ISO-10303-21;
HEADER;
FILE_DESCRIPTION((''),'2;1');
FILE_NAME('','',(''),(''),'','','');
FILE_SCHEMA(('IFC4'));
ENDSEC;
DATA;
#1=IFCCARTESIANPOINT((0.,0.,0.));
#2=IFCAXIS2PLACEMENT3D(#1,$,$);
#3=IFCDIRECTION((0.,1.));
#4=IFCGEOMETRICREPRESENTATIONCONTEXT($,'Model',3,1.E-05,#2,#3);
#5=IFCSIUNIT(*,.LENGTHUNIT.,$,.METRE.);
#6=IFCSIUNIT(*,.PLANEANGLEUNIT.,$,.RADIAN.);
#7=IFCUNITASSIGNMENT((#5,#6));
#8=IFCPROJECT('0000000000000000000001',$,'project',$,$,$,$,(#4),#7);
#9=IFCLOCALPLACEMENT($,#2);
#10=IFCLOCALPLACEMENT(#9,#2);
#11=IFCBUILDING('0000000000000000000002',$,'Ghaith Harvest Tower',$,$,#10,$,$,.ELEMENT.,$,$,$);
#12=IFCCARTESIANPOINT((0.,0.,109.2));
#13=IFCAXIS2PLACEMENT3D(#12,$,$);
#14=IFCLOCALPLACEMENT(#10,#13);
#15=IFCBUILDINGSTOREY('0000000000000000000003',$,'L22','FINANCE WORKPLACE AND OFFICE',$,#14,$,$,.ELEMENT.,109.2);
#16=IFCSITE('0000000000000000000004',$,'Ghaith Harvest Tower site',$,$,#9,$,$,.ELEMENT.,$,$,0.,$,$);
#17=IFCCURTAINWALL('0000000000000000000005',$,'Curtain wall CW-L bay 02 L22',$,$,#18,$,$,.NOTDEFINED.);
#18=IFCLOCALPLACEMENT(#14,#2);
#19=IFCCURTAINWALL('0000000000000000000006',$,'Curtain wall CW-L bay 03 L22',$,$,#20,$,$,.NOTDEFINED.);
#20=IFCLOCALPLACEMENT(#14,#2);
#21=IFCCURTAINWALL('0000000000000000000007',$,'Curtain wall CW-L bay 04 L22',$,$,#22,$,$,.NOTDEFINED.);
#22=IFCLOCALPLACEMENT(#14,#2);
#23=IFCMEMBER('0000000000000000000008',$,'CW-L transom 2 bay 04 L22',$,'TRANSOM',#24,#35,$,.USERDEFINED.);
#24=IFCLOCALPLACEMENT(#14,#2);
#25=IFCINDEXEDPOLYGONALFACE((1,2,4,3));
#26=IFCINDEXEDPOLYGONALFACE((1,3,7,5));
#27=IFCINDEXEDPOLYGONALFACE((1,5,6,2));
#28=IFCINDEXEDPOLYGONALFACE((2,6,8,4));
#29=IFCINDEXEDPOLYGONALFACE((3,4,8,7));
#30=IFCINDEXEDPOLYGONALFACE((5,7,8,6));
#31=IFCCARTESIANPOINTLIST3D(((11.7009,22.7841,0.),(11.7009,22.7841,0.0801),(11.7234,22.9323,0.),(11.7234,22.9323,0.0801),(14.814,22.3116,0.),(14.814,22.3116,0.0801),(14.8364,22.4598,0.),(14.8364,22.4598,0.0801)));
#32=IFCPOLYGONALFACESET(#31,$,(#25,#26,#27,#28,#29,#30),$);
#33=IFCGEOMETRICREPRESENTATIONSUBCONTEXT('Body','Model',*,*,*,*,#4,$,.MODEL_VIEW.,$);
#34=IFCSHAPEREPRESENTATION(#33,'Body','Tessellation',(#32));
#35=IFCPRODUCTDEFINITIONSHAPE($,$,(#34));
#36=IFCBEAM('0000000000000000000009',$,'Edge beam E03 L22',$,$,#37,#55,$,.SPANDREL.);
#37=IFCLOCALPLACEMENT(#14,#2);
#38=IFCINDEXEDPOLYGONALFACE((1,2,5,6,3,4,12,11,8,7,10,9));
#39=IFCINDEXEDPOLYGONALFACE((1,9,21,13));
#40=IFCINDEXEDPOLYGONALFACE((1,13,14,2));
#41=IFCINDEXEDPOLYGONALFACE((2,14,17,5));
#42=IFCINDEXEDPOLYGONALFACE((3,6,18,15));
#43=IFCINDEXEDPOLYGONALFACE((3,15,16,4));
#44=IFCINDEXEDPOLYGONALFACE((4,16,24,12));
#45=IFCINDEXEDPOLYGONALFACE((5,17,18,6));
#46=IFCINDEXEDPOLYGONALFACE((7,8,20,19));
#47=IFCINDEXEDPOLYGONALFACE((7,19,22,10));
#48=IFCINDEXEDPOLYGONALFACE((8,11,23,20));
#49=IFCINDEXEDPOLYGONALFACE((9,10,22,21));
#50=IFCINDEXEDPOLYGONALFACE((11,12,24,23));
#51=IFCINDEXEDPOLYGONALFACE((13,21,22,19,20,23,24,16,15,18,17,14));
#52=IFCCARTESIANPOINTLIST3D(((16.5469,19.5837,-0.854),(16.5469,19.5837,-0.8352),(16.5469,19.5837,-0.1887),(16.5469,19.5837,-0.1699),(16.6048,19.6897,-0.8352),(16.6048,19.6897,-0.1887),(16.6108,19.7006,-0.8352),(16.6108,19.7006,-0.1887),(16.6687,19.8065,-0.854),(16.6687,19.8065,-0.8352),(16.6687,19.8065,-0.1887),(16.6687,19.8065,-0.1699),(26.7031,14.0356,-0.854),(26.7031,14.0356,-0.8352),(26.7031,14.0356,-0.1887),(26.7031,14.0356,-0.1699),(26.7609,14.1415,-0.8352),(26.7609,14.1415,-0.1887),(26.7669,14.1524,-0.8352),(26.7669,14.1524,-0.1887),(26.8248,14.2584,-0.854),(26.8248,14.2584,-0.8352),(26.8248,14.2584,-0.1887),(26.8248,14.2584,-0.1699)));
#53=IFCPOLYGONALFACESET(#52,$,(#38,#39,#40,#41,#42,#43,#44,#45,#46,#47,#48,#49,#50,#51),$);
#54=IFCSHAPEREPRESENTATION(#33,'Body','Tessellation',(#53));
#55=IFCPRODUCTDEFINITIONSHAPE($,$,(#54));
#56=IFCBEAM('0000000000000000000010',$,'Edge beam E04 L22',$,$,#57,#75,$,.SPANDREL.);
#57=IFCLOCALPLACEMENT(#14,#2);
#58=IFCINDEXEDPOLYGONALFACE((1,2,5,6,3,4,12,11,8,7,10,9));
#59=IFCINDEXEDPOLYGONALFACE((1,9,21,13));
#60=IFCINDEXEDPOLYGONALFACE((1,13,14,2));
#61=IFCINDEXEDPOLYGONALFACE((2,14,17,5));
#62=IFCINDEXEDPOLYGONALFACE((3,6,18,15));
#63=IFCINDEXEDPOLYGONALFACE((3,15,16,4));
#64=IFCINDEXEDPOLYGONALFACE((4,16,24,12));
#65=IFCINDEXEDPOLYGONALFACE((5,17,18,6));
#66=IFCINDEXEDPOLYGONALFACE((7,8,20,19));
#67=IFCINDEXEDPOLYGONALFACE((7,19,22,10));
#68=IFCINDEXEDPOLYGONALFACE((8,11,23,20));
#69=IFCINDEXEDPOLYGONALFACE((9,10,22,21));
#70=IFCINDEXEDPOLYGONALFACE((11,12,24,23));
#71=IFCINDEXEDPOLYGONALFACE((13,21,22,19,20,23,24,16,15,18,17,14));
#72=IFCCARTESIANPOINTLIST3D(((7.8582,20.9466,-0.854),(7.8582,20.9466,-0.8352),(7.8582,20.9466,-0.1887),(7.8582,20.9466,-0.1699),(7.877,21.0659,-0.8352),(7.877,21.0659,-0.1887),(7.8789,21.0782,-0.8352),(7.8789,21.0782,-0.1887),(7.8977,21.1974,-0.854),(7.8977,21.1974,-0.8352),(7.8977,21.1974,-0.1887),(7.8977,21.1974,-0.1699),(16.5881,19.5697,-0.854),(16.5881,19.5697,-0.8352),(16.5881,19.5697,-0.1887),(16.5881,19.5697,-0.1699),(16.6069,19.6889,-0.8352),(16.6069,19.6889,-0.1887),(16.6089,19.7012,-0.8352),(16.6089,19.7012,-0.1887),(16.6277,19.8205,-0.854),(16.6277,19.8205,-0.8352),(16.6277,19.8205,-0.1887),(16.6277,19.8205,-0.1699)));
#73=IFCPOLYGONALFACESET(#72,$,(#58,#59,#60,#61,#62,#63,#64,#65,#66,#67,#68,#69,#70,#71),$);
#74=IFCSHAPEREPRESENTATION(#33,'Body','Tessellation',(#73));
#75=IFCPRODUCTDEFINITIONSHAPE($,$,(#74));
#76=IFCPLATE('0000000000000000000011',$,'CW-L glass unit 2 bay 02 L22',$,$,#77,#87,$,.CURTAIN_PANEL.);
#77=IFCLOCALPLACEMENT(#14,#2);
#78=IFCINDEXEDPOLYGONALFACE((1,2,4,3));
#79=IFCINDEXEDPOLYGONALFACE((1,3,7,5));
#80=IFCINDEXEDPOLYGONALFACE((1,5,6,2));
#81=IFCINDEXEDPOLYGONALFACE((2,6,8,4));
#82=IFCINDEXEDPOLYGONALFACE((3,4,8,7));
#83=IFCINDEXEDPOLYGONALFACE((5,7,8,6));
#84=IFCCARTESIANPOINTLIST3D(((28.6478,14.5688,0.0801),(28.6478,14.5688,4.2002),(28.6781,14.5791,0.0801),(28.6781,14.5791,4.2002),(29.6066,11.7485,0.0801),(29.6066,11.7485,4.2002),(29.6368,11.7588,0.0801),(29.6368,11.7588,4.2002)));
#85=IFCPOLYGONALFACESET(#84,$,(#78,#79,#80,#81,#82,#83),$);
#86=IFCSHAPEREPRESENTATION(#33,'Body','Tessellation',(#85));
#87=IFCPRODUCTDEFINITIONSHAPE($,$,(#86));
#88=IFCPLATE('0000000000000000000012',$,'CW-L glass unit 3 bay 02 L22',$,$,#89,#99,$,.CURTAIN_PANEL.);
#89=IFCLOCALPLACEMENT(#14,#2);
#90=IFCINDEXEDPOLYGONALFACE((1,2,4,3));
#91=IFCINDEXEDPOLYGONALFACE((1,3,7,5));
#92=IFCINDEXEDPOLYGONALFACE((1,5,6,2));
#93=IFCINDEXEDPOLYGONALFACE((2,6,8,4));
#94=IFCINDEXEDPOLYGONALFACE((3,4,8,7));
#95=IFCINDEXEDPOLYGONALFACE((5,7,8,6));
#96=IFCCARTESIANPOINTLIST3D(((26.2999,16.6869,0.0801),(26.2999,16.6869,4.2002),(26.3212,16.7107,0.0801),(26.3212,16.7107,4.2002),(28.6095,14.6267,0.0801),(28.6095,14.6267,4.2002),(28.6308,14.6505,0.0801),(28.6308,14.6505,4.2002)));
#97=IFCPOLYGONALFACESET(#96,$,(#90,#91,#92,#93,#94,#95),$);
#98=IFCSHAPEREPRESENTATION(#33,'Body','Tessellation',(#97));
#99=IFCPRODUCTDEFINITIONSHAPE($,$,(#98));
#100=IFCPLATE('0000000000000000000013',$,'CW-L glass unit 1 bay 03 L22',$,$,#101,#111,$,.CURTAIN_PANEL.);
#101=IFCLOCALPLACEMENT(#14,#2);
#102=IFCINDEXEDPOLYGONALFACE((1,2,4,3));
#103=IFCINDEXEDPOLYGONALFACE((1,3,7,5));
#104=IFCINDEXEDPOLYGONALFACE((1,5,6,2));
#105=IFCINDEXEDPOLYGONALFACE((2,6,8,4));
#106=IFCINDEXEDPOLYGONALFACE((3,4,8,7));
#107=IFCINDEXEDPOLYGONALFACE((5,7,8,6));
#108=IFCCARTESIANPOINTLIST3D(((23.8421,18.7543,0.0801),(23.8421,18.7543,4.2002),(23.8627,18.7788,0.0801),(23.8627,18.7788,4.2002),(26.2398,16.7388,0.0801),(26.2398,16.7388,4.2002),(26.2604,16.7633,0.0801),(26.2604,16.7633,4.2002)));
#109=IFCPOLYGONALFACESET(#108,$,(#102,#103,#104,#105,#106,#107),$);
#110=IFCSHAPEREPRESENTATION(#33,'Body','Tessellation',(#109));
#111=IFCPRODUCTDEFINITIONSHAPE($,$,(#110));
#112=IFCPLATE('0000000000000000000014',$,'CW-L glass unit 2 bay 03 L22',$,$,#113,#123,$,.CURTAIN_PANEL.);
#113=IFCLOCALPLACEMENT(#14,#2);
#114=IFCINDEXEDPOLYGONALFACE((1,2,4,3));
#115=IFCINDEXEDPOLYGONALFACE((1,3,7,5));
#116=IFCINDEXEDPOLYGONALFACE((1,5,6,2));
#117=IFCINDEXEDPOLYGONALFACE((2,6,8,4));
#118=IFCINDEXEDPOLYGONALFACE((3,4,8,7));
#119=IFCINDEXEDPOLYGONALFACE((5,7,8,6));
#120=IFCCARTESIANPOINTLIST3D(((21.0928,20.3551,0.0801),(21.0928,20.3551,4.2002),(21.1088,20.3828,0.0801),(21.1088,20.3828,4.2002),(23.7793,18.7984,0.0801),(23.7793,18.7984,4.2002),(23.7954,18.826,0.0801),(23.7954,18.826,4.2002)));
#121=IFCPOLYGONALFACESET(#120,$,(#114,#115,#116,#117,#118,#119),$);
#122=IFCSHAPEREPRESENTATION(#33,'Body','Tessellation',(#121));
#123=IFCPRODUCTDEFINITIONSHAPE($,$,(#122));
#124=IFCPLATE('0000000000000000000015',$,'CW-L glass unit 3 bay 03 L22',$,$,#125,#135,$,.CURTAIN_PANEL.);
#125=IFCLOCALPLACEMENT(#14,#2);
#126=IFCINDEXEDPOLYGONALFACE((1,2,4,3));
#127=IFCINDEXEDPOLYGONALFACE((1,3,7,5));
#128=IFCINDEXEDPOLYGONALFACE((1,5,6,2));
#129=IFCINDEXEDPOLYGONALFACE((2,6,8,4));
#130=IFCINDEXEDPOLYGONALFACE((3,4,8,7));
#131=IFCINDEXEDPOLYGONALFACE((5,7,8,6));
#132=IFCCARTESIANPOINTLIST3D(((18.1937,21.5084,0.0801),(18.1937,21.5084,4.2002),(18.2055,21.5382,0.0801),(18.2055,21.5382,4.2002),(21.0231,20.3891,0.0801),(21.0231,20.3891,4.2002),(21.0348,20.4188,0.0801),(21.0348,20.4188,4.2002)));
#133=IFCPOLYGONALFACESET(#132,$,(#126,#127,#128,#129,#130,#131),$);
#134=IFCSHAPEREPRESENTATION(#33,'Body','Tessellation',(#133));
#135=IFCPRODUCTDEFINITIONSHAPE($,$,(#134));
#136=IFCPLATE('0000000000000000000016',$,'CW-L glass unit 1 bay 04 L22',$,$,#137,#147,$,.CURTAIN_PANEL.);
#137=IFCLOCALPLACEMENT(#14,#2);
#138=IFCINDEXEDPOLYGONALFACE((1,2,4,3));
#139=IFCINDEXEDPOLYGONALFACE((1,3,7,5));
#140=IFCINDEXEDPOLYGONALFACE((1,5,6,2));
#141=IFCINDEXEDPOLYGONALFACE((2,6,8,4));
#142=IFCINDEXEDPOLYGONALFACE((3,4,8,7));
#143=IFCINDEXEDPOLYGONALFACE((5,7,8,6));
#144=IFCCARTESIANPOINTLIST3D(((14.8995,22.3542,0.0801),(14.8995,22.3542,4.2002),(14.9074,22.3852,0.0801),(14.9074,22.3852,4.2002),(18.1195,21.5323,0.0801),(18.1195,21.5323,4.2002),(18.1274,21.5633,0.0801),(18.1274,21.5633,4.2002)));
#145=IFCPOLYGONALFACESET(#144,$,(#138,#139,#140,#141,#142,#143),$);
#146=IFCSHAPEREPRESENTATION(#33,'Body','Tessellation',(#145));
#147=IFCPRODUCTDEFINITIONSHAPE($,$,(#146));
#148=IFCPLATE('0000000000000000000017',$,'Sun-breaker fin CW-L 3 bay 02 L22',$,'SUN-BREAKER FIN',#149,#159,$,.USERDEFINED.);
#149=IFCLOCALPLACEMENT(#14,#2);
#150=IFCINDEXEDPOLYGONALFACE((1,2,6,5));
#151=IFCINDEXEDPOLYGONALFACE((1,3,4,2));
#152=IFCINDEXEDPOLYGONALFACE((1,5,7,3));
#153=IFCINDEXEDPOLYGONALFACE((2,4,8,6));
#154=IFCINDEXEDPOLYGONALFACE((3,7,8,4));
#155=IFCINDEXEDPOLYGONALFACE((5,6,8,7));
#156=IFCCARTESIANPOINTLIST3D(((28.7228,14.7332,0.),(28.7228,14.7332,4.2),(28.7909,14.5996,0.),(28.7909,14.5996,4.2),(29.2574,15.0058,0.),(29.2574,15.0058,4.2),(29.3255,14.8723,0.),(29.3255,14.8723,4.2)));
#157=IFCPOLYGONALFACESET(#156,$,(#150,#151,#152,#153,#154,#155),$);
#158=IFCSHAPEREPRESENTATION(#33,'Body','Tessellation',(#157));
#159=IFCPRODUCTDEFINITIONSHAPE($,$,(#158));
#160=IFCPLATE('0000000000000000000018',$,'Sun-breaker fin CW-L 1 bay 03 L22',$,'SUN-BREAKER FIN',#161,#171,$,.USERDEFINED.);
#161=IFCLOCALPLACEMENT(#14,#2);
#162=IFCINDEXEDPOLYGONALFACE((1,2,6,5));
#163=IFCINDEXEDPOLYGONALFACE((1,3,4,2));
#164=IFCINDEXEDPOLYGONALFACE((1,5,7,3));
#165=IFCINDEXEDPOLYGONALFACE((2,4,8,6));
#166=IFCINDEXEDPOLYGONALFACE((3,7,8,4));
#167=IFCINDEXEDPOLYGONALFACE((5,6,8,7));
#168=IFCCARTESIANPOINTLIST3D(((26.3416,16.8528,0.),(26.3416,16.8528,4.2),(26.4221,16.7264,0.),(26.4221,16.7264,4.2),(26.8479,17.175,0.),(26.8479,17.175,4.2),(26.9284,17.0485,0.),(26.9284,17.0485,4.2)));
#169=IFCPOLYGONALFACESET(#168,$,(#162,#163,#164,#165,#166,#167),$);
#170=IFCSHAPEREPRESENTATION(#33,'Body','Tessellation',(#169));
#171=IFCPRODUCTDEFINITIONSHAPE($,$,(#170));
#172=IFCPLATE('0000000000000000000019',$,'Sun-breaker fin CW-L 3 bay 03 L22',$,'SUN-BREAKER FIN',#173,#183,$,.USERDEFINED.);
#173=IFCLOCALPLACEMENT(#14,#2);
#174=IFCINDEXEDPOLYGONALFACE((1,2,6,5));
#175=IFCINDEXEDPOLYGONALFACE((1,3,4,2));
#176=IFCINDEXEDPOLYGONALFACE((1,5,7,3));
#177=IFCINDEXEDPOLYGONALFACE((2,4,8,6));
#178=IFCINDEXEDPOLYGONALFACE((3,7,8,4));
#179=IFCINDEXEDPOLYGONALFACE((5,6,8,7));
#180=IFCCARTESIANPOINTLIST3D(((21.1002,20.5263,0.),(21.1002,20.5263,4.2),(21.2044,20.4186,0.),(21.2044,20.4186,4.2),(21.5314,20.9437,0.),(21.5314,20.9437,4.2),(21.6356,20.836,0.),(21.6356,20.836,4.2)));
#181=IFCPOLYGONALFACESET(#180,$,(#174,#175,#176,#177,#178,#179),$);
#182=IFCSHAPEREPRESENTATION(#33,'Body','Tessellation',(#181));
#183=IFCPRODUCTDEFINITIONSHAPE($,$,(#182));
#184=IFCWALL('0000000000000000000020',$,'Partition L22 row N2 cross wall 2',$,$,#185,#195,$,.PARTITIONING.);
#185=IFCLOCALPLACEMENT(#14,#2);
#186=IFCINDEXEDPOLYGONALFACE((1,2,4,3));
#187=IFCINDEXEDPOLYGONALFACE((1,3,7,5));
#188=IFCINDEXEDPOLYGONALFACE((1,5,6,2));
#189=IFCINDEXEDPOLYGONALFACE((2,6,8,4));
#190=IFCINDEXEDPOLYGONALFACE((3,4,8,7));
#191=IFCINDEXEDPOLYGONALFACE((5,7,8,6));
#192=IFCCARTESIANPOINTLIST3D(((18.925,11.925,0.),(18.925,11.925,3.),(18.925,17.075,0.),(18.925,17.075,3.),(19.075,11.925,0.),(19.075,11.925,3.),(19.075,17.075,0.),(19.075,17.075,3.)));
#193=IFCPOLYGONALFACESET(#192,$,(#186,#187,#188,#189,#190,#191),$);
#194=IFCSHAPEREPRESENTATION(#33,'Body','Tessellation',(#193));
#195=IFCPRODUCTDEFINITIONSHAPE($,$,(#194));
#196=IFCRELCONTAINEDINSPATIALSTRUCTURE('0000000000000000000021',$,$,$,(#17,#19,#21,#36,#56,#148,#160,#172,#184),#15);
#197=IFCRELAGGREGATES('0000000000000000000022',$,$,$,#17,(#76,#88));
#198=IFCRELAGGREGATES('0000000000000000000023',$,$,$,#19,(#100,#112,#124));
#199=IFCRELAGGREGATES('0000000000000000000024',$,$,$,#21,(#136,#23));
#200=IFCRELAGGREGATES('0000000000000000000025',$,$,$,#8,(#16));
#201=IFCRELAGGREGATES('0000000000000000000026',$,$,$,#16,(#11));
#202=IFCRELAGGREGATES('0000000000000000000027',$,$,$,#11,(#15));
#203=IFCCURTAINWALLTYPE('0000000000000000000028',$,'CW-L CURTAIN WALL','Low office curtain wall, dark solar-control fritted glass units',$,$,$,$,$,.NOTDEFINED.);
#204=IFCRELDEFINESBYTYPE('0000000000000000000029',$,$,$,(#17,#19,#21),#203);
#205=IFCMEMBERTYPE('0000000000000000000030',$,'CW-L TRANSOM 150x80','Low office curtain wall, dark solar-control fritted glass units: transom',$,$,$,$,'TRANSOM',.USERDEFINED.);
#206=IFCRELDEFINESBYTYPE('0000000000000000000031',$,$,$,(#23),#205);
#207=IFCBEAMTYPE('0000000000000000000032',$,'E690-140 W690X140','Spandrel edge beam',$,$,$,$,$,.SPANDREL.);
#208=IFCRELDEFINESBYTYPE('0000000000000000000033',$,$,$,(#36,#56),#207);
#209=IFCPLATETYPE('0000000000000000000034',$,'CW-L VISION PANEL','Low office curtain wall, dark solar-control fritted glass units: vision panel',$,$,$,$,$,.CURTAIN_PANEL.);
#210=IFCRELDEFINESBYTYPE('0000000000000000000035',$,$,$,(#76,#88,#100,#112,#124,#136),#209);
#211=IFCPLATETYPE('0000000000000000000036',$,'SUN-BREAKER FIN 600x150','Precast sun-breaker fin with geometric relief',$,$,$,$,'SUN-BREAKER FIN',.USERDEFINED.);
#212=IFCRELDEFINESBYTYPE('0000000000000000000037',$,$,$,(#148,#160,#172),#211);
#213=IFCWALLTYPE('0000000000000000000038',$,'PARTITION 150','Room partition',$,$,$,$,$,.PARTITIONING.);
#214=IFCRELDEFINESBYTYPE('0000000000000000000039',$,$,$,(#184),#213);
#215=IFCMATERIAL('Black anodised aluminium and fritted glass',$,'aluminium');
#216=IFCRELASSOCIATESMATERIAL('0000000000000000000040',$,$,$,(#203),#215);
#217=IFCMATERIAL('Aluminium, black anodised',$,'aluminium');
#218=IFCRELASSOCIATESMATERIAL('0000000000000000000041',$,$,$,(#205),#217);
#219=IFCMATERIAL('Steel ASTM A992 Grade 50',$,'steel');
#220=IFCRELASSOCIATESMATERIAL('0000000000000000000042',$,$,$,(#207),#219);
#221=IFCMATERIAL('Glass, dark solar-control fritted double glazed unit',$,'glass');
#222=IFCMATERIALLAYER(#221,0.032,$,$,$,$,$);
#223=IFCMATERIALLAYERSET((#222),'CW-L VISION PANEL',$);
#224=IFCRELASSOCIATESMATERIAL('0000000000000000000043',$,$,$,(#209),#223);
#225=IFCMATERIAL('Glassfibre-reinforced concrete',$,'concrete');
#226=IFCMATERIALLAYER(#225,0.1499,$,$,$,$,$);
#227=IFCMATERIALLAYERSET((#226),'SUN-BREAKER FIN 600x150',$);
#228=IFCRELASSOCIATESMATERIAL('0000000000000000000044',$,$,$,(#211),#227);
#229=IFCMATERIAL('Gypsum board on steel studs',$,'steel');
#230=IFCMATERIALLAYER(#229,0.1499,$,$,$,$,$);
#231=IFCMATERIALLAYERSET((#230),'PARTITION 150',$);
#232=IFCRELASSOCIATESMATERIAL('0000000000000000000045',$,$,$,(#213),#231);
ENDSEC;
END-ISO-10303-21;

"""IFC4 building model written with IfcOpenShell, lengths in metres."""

from ifc_helpers import new_model, si_unit, direction, frame, frame_2d, origin, origin_2d, place, context, subcontext, project, spatial, rectangle, i_section, extrude, material, layer, layer_set, material_profile, profile_set, type_object, element, aggregate, save


model = new_model("IFC4")

# Units and contexts
model_context = context("Model", 3, precision=1e-05, world=origin(), true_north=direction((0.0, 1.0)))
body_context = subcontext(model_context, "Body", "Model", "MODEL_VIEW")
ifc_project = project(units=[si_unit("LENGTHUNIT", "METRE"), si_unit("PLANEANGLEUNIT", "RADIAN")], contexts=[model_context])

# Site, building, storey
site_placement = place(None, origin())
site = spatial("IfcSite", under=ifc_project, at=site_placement, Name="Ghaith Harvest Tower site", CompositionType="ELEMENT", RefElevation=0.0)
building_placement = place(site_placement, origin())
building = spatial("IfcBuilding", under=site, at=building_placement, Name="Ghaith Harvest Tower", CompositionType="ELEMENT")
storey_placement = place(building_placement, frame((0.0, 0.0, 109.2)))
storey = spatial("IfcBuildingStorey", under=building, at=storey_placement, Name="L22", Description="FINANCE WORKPLACE AND OFFICE", CompositionType="ELEMENT", Elevation=109.2)

# Curtain wall
ifc_material_1 = material(Name="Black anodised aluminium and fritted glass", Category="aluminium")
curtain_wall_type = type_object("IfcCurtainWallType", Name="CW-L CURTAIN WALL", Description="Low office curtain wall, dark solar-control fritted glass units", PredefinedType="NOTDEFINED", material=ifc_material_1)
curtain_wall_1_placement = place(storey_placement, origin())
curtain_wall_1 = element("IfcCurtainWall", 1, at=curtain_wall_1_placement, inside=storey, type_object=curtain_wall_type, Name="Curtain wall CW-L bay 02 L22", PredefinedType="NOTDEFINED")

# Curtain walls
curtain_wall_2_placement = place(storey_placement, origin())
curtain_wall_2 = element("IfcCurtainWall", 2, at=curtain_wall_2_placement, inside=storey, type_object=curtain_wall_type, Name="Curtain wall CW-L bay 03 L22", PredefinedType="NOTDEFINED")
curtain_wall_3_placement = place(storey_placement, origin())
curtain_wall_3 = element("IfcCurtainWall", 3, at=curtain_wall_3_placement, inside=storey, type_object=curtain_wall_type, Name="Curtain wall CW-L bay 04 L22", PredefinedType="NOTDEFINED")

# Member
ifc_material_2 = material(Name="Aluminium, black anodised", Category="aluminium")
ifc_material_profile_1 = material_profile(ifc_material_2, rectangle(XDim=0.1499, YDim=0.0801, at=origin_2d()), Name="CW-L TRANSOM 150x80")
ifc_profile_set_1 = profile_set([ifc_material_profile_1], Name="Aluminium, black anodised")
member_type_1 = type_object("IfcMemberType", Name="CW-L TRANSOM 150x80", Description="Low office curtain wall, dark solar-control fritted glass units: transom", ElementType="TRANSOM", PredefinedType="USERDEFINED", material=ifc_profile_set_1)
member_1_placement = place(storey_placement, frame((14.8252, 22.3857, 0.04), z_axis=(-0.988681, 0.150035, 0.0), x_axis=(-0.150035, -0.988681, 0.0)))
member_1 = element("IfcMember", 4, at=member_1_placement, type_object=member_type_1, Name="CW-L transom 2 bay 04 L22", ObjectType="TRANSOM", PredefinedType="USERDEFINED", context=body_context, shape_type="SweptSolid", body=[
    extrude(rectangle(XDim=0.1499, YDim=0.0801, at=origin_2d()), origin(), (0.0, 0.0, 1.0), 3.1487),
])

# Beams
ifc_material_3 = material(Name="Steel ASTM A992 Grade 50", Category="steel")
ifc_material_profile_2 = material_profile(ifc_material_3, i_section(OverallWidth=0.2539, OverallDepth=0.6841, WebThickness=0.0125, FlangeThickness=0.0188, at=origin_2d()), Name="W690X140")
ifc_profile_set_2 = profile_set([ifc_material_profile_2], Name="Steel ASTM A992 Grade 50")
beam_type = type_object("IfcBeamType", Name="E690-140 W690X140", Description="Spandrel edge beam", PredefinedType="SPANDREL", material=ifc_profile_set_2)
beam_1_placement = place(storey_placement, frame((26.7639, 14.147, -0.512), z_axis=(-0.877588, 0.479415, 0.0), x_axis=(-0.479415, -0.877588, 0.0)))
element("IfcBeam", 5, at=beam_1_placement, inside=storey, type_object=beam_type, Name="Edge beam E03 L22", PredefinedType="SPANDREL", context=body_context, shape_type="SweptSolid", body=[
    extrude(i_section(OverallWidth=0.2539, OverallDepth=0.6841, WebThickness=0.0125, FlangeThickness=0.0188, at=origin_2d()), origin(), (0.0, 0.0, 1.0), 11.5728),
])
beam_2_placement = place(storey_placement, frame((16.6079, 19.6951, -0.512), z_axis=(-0.987788, 0.155801, 0.0), x_axis=(-0.155801, -0.987788, 0.0)))
element("IfcBeam", 6, at=beam_2_placement, inside=storey, type_object=beam_type, Name="Edge beam E04 L22", PredefinedType="SPANDREL", context=body_context, shape_type="SweptSolid", body=[
    extrude(i_section(OverallWidth=0.2539, OverallDepth=0.6841, WebThickness=0.0125, FlangeThickness=0.0188, at=origin_2d()), origin(), (0.0, 0.0, 1.0), 8.8379),
])

# Plates
ifc_material_4 = material(Name="Glass, dark solar-control fritted double glazed unit", Category="glass")
ifc_layer_1 = layer(ifc_material_4, 0.032)
ifc_layer_set_1 = layer_set([ifc_layer_1], Name="CW-L VISION PANEL")
plate_type_1 = type_object("IfcPlateType", Name="CW-L VISION PANEL", Description="Low office curtain wall, dark solar-control fritted glass units: vision panel", PredefinedType="CURTAIN_PANEL", material=ifc_layer_set_1)
plate_1_placement = place(storey_placement, frame((29.1423, 13.1638, 0.0801), z_axis=(0.0, 0.0, 1.0), x_axis=(-0.321853, 0.94679, 0.0)))
plate_1 = element("IfcPlate", 7, at=plate_1_placement, type_object=plate_type_1, Name="CW-L glass unit 2 bay 02 L22", PredefinedType="CURTAIN_PANEL", context=body_context, shape_type="SweptSolid", body=[
    extrude(rectangle(XDim=2.9788, YDim=0.032, at=origin_2d()), origin(), (0.0, 0.0, 1.0), 4.1201),
])
plate_2_placement = place(storey_placement, frame((27.4653, 15.6687, 0.0801), z_axis=(0.0, 0.0, 1.0), x_axis=(-0.746251, 0.665665, 0.0)))
plate_2 = element("IfcPlate", 8, at=plate_2_placement, type_object=plate_type_1, Name="CW-L glass unit 3 bay 02 L22", PredefinedType="CURTAIN_PANEL", context=body_context, shape_type="SweptSolid", body=[
    extrude(rectangle(XDim=3.095, YDim=0.032, at=origin_2d()), origin(), (0.0, 0.0, 1.0), 4.1201),
])
aggregate(curtain_wall_1, [plate_1, plate_2])
plate_3_placement = place(storey_placement, frame((25.0513, 17.7588, 0.0801), z_axis=(0.0, 0.0, 1.0), x_axis=(-0.765473, 0.643468, 0.0)))
plate_3 = element("IfcPlate", 9, at=plate_3_placement, type_object=plate_type_1, Name="CW-L glass unit 1 bay 03 L22", PredefinedType="CURTAIN_PANEL", context=body_context, shape_type="SweptSolid", body=[
    extrude(rectangle(XDim=3.1323, YDim=0.032, at=origin_2d()), origin(), (0.0, 0.0, 1.0), 4.1201),
])
plate_4_placement = place(storey_placement, frame((22.4441, 19.5906, 0.0801), z_axis=(0.0, 0.0, 1.0), x_axis=(-0.865232, 0.501372, 0.0)))
plate_4 = element("IfcPlate", 10, at=plate_4_placement, type_object=plate_type_1, Name="CW-L glass unit 2 bay 03 L22", PredefinedType="CURTAIN_PANEL", context=body_context, shape_type="SweptSolid", body=[
    extrude(rectangle(XDim=3.105, YDim=0.032, at=origin_2d()), origin(), (0.0, 0.0, 1.0), 4.1201),
])
plate_5_placement = place(storey_placement, frame((19.6143, 20.9636, 0.0801), z_axis=(0.0, 0.0, 1.0), x_axis=(-0.929877, 0.367872, 0.0)))
plate_5 = element("IfcPlate", 11, at=plate_5_placement, type_object=plate_type_1, Name="CW-L glass unit 3 bay 03 L22", PredefinedType="CURTAIN_PANEL", context=body_context, shape_type="SweptSolid", body=[
    extrude(rectangle(XDim=3.0427, YDim=0.032, at=origin_2d()), origin(), (0.0, 0.0, 1.0), 4.1201),
])
aggregate(curtain_wall_2, [plate_3, plate_4, plate_5])
plate_6_placement = place(storey_placement, frame((16.5134, 21.9587, 0.0801), z_axis=(0.0, 0.0, 1.0), x_axis=(-0.968931, 0.247331, 0.0)))
plate_6 = element("IfcPlate", 12, at=plate_6_placement, type_object=plate_type_1, Name="CW-L glass unit 1 bay 04 L22", PredefinedType="CURTAIN_PANEL", context=body_context, shape_type="SweptSolid", body=[
    extrude(rectangle(XDim=3.3232, YDim=0.032, at=origin_2d()), origin(), (0.0, 0.0, 1.0), 4.1201),
])
aggregate(curtain_wall_3, [plate_6, member_1])

# Plates
ifc_material_5 = material(Name="Glassfibre-reinforced concrete", Category="concrete")
ifc_layer_2 = layer(ifc_material_5, 0.1499)
ifc_layer_set_2 = layer_set([ifc_layer_2], Name="SUN-BREAKER FIN 600x150")
plate_type_2 = type_object("IfcPlateType", Name="SUN-BREAKER FIN 600x150", Description="Precast sun-breaker fin with geometric relief", ElementType="SUN-BREAKER FIN", PredefinedType="USERDEFINED", material=ifc_layer_set_2)
for number, where, z_axis, x_axis, name in (
    (13, (29.0242, 14.8027, 0.0), (0.0, 0.0, 1.0), (0.890831, 0.454335, 0.0), "Sun-breaker fin CW-L 3 bay 02 L22"),
    (14, (26.635, 16.9507, 0.0), (0.0, 0.0, 1.0), (0.843644, 0.536903, 0.0), "Sun-breaker fin CW-L 1 bay 03 L22"),
    (15, (21.3679, 20.6812, 0.0), (0.0, 0.0, 1.0), (0.718559, 0.695466, 0.0), "Sun-breaker fin CW-L 3 bay 03 L22"),
):
    element("IfcPlate", number, at=place(storey_placement, frame(where, z_axis=z_axis, x_axis=x_axis)), inside=storey, type_object=plate_type_2, Name=name, ObjectType="SUN-BREAKER FIN", PredefinedType="USERDEFINED", context=body_context, shape_type="SweptSolid", body=[
        extrude(rectangle(XDim=0.6001, YDim=0.1499, at=origin_2d()), origin(), (0.0, 0.0, 1.0), 4.2),
    ])

# Wall
ifc_material_6 = material(Name="Gypsum board on steel studs", Category="steel")
ifc_layer_3 = layer(ifc_material_6, 0.1499)
ifc_layer_set_3 = layer_set([ifc_layer_3], Name="PARTITION 150")
wall_type = type_object("IfcWallType", Name="PARTITION 150", Description="Room partition", PredefinedType="PARTITIONING", material=ifc_layer_set_3)
wall_1_placement = place(storey_placement, frame((19.0, 11.925, 0.0), z_axis=(0.0, 0.0, 1.0), x_axis=(0.0, 1.0, 0.0)))
element("IfcWall", 16, at=wall_1_placement, inside=storey, type_object=wall_type, Name="Partition L22 row N2 cross wall 2", PredefinedType="PARTITIONING", context=body_context, shape_type="SweptSolid", body=[
    extrude(rectangle(XDim=5.1499, YDim=0.1499, at=frame_2d((2.575, 0.0))), origin(), (0.0, 0.0, 1.0), 3.0),
])

save(model, "model.ifc")
